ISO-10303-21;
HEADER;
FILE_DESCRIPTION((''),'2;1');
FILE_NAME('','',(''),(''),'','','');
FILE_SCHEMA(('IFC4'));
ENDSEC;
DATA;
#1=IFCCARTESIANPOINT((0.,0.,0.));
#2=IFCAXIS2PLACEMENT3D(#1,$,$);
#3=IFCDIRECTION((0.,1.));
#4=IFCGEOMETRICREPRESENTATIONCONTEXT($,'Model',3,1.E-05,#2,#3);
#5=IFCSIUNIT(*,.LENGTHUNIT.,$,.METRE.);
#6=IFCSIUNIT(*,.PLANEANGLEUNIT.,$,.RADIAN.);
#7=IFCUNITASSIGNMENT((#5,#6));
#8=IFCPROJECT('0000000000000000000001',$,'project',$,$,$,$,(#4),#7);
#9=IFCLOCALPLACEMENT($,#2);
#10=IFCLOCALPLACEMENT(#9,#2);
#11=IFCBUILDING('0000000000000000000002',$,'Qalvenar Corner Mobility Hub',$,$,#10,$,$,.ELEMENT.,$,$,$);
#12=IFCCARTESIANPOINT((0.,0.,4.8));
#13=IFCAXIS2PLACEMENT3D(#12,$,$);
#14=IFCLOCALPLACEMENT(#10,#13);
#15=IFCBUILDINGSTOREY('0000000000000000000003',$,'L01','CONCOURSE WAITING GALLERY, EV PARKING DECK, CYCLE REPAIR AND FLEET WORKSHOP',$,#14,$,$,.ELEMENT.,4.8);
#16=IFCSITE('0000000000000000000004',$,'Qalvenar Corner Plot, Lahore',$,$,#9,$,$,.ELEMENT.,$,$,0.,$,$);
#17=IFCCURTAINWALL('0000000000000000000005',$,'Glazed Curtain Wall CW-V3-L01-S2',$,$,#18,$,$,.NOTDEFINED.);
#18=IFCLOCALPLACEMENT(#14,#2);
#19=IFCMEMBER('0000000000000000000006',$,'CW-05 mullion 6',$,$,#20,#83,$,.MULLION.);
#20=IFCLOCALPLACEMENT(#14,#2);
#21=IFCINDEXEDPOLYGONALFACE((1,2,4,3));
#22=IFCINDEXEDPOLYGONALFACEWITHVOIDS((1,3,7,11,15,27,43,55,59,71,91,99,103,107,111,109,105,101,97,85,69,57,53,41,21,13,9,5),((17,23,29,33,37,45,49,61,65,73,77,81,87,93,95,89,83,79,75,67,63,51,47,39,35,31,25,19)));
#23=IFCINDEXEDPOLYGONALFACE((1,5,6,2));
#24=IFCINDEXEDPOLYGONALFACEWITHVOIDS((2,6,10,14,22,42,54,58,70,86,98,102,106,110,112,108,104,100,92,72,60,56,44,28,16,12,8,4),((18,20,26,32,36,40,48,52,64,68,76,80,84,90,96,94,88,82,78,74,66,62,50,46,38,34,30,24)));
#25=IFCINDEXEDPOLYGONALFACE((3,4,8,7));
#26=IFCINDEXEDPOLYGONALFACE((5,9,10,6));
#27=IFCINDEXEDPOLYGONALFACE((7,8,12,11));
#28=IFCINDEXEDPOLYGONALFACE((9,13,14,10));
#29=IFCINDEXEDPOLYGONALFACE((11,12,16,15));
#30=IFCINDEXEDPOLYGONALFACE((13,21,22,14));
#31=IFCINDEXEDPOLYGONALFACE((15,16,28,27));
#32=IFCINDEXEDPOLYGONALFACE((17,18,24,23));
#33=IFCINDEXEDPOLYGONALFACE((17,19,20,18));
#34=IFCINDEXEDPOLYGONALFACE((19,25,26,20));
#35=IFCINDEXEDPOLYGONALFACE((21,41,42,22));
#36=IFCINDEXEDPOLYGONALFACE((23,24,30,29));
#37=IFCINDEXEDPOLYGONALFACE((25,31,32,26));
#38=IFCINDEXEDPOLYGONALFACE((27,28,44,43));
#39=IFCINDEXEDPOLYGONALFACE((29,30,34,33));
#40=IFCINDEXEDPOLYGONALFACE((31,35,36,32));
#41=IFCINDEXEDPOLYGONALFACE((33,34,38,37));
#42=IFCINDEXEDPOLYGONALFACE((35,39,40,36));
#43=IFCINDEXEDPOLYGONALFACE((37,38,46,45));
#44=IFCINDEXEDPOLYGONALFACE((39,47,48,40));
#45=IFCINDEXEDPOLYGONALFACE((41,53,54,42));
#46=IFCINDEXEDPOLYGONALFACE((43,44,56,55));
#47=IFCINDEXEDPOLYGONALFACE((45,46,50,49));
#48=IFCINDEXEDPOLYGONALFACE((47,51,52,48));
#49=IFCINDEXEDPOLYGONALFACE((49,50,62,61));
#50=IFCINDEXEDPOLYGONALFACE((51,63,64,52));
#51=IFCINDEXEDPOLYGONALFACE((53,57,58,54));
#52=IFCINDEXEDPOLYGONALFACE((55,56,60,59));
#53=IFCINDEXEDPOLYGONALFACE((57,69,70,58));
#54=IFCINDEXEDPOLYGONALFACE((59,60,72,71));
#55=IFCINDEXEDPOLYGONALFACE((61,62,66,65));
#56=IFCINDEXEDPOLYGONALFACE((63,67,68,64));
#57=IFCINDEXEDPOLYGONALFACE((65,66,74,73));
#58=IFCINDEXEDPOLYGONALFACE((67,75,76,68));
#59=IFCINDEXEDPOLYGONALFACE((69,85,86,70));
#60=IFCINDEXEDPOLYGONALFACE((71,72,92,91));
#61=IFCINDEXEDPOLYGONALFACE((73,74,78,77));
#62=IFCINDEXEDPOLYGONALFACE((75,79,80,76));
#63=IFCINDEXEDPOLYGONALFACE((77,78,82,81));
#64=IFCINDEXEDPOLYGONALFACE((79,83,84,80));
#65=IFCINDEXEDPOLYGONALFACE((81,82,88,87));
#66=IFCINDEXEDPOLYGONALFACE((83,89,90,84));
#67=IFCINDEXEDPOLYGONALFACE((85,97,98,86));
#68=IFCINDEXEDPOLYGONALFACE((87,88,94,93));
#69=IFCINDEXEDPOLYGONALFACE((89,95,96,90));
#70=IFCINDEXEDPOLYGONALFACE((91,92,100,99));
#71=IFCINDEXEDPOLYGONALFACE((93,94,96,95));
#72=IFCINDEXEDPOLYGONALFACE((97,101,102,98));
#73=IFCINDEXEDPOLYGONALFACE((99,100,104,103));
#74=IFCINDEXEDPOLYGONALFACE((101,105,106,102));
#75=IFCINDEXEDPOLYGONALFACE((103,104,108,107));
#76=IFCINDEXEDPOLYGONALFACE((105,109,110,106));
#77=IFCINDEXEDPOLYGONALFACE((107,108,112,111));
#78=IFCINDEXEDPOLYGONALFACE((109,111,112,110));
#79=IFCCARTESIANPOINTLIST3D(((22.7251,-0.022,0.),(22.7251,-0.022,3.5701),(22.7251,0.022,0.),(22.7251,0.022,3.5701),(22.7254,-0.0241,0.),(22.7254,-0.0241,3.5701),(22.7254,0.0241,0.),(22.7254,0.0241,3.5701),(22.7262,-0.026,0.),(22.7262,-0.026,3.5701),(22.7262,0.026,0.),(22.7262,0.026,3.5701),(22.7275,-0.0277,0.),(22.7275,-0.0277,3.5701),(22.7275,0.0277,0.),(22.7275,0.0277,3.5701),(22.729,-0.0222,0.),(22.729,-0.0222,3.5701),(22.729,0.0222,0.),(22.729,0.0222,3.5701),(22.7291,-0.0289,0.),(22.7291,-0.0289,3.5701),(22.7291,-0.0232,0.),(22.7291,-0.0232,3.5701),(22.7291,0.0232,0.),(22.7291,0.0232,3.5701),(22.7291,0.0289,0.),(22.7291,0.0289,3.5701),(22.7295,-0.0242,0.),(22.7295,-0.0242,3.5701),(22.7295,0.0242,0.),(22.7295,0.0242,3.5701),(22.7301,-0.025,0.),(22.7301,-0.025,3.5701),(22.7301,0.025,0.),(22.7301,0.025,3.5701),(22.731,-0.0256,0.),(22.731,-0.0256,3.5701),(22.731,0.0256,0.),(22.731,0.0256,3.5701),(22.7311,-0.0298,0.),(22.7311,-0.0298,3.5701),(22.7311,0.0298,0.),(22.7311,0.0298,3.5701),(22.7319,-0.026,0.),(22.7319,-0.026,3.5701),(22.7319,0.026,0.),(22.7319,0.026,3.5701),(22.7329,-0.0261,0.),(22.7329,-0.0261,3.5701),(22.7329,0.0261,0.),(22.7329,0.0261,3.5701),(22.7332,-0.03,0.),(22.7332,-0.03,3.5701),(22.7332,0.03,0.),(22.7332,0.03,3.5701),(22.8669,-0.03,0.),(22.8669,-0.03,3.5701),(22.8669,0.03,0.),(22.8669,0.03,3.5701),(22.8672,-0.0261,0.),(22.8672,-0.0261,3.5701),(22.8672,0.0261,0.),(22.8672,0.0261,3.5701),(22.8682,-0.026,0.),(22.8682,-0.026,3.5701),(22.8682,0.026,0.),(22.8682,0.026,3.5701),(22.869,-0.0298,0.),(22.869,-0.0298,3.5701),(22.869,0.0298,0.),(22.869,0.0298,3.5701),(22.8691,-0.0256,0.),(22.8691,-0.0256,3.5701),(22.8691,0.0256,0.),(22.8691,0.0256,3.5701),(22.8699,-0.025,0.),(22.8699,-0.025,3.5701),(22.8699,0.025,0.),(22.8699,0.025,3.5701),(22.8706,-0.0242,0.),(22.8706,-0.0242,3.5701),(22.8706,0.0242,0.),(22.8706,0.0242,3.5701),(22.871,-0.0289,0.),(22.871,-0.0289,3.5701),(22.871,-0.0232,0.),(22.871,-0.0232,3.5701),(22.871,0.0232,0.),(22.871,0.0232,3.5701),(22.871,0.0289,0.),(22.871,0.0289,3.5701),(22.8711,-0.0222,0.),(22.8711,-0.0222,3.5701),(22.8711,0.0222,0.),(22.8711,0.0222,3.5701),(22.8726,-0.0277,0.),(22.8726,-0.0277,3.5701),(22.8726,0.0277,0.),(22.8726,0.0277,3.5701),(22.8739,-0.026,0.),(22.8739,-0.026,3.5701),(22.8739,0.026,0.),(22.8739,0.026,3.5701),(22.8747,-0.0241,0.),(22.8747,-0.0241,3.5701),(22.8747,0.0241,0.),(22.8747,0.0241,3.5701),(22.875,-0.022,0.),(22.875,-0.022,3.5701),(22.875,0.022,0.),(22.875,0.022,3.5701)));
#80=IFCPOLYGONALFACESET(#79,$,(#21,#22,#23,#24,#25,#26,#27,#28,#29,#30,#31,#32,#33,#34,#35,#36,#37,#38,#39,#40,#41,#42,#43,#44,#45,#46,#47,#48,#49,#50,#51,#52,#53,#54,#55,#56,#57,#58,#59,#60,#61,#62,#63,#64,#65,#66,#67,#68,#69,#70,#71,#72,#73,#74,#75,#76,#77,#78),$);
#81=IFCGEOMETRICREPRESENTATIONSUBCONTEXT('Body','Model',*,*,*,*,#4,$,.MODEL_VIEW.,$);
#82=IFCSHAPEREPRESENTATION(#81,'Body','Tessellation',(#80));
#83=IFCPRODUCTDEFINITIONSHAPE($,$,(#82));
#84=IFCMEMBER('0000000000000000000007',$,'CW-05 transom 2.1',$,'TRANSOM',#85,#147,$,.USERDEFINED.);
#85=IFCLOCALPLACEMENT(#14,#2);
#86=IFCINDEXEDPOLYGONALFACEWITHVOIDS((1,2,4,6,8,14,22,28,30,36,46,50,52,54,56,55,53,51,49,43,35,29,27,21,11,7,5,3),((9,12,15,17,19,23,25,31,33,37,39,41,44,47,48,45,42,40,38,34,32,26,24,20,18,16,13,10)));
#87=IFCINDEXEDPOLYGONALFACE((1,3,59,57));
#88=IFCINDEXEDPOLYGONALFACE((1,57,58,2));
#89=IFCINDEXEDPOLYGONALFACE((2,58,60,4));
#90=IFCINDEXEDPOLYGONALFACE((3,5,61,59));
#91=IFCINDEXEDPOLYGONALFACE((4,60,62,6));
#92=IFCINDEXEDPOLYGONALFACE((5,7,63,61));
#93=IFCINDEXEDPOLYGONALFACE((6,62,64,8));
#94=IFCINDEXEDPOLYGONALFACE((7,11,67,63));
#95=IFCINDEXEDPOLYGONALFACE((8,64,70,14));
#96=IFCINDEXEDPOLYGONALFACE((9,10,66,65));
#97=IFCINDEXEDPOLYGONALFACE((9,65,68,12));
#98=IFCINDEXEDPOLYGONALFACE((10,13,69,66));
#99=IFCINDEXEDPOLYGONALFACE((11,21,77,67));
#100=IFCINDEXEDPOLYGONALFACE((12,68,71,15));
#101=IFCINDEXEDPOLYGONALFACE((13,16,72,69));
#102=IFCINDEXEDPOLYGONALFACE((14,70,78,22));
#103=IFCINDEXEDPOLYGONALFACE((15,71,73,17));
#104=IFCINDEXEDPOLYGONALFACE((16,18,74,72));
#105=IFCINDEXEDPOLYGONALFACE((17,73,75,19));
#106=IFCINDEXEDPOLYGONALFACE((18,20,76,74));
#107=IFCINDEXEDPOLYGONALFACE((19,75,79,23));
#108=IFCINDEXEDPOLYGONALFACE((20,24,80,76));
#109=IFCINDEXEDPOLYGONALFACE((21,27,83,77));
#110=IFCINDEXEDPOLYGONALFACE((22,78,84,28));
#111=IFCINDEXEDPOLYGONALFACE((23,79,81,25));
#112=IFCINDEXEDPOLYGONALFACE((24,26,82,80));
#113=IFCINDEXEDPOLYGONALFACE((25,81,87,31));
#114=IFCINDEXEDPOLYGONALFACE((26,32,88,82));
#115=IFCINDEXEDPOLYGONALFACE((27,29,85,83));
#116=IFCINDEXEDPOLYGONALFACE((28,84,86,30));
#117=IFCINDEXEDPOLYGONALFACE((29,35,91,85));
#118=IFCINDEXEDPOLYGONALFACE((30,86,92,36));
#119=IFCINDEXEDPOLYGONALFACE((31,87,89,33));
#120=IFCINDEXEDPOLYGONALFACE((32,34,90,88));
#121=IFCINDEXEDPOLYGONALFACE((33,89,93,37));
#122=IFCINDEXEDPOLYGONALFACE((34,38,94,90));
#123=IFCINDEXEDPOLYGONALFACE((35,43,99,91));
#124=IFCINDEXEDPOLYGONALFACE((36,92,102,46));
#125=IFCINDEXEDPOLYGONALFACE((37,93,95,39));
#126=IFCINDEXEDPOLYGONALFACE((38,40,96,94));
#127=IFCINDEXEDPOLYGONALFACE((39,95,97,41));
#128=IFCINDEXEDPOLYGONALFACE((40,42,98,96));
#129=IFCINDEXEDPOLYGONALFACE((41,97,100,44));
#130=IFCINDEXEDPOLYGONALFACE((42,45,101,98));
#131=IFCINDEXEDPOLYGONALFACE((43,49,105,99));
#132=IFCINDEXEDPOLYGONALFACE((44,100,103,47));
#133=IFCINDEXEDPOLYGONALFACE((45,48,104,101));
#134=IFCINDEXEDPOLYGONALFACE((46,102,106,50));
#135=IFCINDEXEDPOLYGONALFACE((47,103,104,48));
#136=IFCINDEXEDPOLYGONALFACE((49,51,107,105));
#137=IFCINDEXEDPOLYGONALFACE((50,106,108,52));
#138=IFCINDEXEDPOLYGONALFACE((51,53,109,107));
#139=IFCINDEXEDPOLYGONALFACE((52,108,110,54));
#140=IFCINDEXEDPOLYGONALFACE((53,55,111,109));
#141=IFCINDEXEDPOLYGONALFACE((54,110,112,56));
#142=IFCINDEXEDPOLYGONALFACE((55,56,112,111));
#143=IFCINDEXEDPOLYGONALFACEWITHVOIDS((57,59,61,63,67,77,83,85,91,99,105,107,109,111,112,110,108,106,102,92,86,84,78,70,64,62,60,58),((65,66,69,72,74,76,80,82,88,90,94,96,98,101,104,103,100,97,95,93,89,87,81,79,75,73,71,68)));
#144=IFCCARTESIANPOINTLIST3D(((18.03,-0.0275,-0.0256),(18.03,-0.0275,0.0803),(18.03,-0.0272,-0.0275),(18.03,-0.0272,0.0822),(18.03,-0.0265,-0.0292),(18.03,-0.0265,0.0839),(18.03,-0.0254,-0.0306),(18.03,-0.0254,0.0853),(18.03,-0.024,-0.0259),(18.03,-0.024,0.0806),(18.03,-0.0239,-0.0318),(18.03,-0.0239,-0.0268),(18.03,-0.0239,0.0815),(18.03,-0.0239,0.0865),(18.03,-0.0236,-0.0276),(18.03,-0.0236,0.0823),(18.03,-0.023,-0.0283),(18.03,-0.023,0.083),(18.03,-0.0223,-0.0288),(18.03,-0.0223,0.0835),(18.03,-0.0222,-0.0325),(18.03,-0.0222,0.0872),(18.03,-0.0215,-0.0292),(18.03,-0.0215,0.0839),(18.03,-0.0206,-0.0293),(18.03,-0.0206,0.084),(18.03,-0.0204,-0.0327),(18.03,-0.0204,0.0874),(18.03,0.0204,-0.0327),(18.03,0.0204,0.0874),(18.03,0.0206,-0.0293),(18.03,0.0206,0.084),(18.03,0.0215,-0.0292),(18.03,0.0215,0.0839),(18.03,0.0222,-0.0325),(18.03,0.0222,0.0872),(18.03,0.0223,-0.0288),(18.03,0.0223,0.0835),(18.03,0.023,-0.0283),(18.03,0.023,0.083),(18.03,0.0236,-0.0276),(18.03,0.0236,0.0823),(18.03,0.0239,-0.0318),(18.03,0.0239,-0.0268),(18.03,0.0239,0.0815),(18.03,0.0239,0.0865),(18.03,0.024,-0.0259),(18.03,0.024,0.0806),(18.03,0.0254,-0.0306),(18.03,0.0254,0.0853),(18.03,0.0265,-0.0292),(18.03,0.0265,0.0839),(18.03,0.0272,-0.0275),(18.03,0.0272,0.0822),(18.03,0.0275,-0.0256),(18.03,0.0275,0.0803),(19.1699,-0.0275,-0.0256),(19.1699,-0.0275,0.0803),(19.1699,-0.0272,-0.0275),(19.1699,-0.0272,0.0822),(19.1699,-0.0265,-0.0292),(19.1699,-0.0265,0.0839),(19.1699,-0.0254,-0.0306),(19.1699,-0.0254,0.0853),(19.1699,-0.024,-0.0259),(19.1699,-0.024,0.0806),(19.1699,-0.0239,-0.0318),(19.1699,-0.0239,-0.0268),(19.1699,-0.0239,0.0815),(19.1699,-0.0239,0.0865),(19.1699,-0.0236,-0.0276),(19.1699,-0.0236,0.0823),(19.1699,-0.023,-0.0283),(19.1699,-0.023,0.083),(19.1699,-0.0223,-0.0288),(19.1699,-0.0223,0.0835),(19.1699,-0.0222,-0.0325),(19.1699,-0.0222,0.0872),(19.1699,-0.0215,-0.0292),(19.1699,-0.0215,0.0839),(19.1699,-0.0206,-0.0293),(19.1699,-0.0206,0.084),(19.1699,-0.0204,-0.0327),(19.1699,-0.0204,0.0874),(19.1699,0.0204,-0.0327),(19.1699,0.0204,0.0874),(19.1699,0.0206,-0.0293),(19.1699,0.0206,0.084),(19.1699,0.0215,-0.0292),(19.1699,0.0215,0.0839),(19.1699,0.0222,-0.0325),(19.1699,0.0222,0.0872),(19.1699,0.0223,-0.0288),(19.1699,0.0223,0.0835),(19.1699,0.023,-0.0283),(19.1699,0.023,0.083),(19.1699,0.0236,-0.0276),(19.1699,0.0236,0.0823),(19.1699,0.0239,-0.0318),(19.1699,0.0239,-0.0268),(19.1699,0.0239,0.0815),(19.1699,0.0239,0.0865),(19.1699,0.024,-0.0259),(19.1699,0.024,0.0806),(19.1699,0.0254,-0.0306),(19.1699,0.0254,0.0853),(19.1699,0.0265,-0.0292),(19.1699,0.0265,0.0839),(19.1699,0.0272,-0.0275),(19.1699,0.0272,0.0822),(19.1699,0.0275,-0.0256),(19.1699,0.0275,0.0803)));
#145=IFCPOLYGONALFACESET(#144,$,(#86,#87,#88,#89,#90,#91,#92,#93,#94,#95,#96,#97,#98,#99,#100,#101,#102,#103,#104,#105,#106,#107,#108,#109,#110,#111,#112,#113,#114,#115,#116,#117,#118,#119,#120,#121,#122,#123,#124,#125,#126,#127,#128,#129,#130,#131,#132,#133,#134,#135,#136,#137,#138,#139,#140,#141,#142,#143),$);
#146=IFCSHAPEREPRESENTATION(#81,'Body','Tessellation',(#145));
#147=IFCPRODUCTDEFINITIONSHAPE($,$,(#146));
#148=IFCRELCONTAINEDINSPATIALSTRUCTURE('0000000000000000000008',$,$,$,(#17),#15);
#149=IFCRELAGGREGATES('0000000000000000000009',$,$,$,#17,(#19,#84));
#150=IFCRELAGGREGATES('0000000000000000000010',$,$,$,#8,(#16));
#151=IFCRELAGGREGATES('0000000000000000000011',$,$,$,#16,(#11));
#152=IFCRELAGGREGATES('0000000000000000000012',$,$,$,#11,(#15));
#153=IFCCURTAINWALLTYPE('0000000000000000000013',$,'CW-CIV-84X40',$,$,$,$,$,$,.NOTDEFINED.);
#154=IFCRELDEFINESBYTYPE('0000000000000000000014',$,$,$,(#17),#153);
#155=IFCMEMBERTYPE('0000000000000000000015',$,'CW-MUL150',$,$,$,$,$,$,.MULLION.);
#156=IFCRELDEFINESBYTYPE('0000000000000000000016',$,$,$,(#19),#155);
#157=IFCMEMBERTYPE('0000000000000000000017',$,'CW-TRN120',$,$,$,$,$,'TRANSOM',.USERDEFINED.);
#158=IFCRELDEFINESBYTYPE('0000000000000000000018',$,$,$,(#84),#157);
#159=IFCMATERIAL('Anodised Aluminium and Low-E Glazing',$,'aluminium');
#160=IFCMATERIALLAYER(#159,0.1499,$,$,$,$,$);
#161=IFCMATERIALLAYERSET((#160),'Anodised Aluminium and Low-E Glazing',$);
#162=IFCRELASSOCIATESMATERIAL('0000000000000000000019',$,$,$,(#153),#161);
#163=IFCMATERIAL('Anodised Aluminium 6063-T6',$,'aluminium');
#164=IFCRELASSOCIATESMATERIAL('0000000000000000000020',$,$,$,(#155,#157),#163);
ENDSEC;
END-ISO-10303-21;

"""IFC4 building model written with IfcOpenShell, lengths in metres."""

from ifc_helpers import new_model, si_unit, direction, frame, origin, origin_2d, place, context, subcontext, project, spatial, hollow_rectangle, extrude, material, layer, layer_set, material_profile, profile_set, type_object, element, aggregate, save


model = new_model("IFC4")

# Units and contexts
model_context = context("Model", 3, precision=1e-05, world=origin(), true_north=direction((0.0, 1.0)))
body_context = subcontext(model_context, "Body", "Model", "MODEL_VIEW")
ifc_project = project(units=[si_unit("LENGTHUNIT", "METRE"), si_unit("PLANEANGLEUNIT", "RADIAN")], contexts=[model_context])

# Site, building, storey
site_placement = place(None, origin())
site = spatial("IfcSite", under=ifc_project, at=site_placement, Name="Qalvenar Corner Plot, Lahore", CompositionType="ELEMENT", RefElevation=0.0)
building_placement = place(site_placement, origin())
building = spatial("IfcBuilding", under=site, at=building_placement, Name="Qalvenar Corner Mobility Hub", CompositionType="ELEMENT")
storey_placement = place(building_placement, frame((0.0, 0.0, 4.8)))
storey = spatial("IfcBuildingStorey", under=building, at=storey_placement, Name="L01", Description="CONCOURSE WAITING GALLERY, EV PARKING DECK, CYCLE REPAIR AND FLEET WORKSHOP", CompositionType="ELEMENT", Elevation=4.8)

# Curtain wall, members
ifc_material_1 = material(Name="Anodised Aluminium and Low-E Glazing", Category="aluminium")
ifc_layer_1 = layer(ifc_material_1, 0.1499)
ifc_layer_set_1 = layer_set([ifc_layer_1], Name="Anodised Aluminium and Low-E Glazing")
curtain_wall_type = type_object("IfcCurtainWallType", Name="CW-CIV-84X40", PredefinedType="NOTDEFINED", material=ifc_layer_set_1)
curtain_wall_placement = place(storey_placement, origin())
curtain_wall = element("IfcCurtainWall", 1, at=curtain_wall_placement, inside=storey, type_object=curtain_wall_type, Name="Glazed Curtain Wall CW-V3-L01-S2", PredefinedType="NOTDEFINED")
ifc_material_2 = material(Name="Anodised Aluminium 6063-T6", Category="aluminium")
ifc_material_profile_1 = material_profile(ifc_material_2, hollow_rectangle(XDim=0.0601, YDim=0.1499, WallThickness=0.0039, InnerFilletRadius=0.0039, OuterFilletRadius=0.0081, at=origin_2d()), Name="RHS150x60x4")
ifc_profile_set_1 = profile_set([ifc_material_profile_1], Name="Anodised Aluminium 6063-T6")
member_type_1 = type_object("IfcMemberType", Name="CW-MUL150", PredefinedType="MULLION", material=ifc_profile_set_1)
member_1_placement = place(storey_placement, frame((22.8, 0.0, 0.0), z_axis=(0.0, 0.0, 1.0), x_axis=(0.0, 1.0, 0.0)))
member_1 = element("IfcMember", 2, at=member_1_placement, type_object=member_type_1, Name="CW-05 mullion 6", PredefinedType="MULLION", context=body_context, shape_type="SweptSolid", body=[
    extrude(hollow_rectangle(XDim=0.0601, YDim=0.1499, WallThickness=0.0039, InnerFilletRadius=0.0039, OuterFilletRadius=0.0081, at=origin_2d()), origin(), (0.0, 0.0, 1.0), 3.5701),
])
ifc_material_profile_2 = material_profile(ifc_material_2, hollow_rectangle(XDim=0.0549, YDim=0.1201, WallThickness=0.0034, InnerFilletRadius=0.0034, OuterFilletRadius=0.0071, at=origin_2d()), Name="RHS120x55x3.5")
ifc_profile_set_2 = profile_set([ifc_material_profile_2], Name="Anodised Aluminium 6063-T6")
member_type_2 = type_object("IfcMemberType", Name="CW-TRN120", ElementType="TRANSOM", PredefinedType="USERDEFINED", material=ifc_profile_set_2)
member_2_placement = place(storey_placement, frame((18.03, 0.0, 0.0273), z_axis=(1.0, 0.0, 0.0), x_axis=(0.0, 1.0, 0.0)))
member_2 = element("IfcMember", 3, at=member_2_placement, type_object=member_type_2, Name="CW-05 transom 2.1", ObjectType="TRANSOM", PredefinedType="USERDEFINED", context=body_context, shape_type="SweptSolid", body=[
    extrude(hollow_rectangle(XDim=0.0549, YDim=0.1201, WallThickness=0.0034, InnerFilletRadius=0.0034, OuterFilletRadius=0.0071, at=origin_2d()), origin(), (0.0, 0.0, 1.0), 1.1399),
])
aggregate(curtain_wall, [member_1, member_2])

save(model, "model.ifc")
